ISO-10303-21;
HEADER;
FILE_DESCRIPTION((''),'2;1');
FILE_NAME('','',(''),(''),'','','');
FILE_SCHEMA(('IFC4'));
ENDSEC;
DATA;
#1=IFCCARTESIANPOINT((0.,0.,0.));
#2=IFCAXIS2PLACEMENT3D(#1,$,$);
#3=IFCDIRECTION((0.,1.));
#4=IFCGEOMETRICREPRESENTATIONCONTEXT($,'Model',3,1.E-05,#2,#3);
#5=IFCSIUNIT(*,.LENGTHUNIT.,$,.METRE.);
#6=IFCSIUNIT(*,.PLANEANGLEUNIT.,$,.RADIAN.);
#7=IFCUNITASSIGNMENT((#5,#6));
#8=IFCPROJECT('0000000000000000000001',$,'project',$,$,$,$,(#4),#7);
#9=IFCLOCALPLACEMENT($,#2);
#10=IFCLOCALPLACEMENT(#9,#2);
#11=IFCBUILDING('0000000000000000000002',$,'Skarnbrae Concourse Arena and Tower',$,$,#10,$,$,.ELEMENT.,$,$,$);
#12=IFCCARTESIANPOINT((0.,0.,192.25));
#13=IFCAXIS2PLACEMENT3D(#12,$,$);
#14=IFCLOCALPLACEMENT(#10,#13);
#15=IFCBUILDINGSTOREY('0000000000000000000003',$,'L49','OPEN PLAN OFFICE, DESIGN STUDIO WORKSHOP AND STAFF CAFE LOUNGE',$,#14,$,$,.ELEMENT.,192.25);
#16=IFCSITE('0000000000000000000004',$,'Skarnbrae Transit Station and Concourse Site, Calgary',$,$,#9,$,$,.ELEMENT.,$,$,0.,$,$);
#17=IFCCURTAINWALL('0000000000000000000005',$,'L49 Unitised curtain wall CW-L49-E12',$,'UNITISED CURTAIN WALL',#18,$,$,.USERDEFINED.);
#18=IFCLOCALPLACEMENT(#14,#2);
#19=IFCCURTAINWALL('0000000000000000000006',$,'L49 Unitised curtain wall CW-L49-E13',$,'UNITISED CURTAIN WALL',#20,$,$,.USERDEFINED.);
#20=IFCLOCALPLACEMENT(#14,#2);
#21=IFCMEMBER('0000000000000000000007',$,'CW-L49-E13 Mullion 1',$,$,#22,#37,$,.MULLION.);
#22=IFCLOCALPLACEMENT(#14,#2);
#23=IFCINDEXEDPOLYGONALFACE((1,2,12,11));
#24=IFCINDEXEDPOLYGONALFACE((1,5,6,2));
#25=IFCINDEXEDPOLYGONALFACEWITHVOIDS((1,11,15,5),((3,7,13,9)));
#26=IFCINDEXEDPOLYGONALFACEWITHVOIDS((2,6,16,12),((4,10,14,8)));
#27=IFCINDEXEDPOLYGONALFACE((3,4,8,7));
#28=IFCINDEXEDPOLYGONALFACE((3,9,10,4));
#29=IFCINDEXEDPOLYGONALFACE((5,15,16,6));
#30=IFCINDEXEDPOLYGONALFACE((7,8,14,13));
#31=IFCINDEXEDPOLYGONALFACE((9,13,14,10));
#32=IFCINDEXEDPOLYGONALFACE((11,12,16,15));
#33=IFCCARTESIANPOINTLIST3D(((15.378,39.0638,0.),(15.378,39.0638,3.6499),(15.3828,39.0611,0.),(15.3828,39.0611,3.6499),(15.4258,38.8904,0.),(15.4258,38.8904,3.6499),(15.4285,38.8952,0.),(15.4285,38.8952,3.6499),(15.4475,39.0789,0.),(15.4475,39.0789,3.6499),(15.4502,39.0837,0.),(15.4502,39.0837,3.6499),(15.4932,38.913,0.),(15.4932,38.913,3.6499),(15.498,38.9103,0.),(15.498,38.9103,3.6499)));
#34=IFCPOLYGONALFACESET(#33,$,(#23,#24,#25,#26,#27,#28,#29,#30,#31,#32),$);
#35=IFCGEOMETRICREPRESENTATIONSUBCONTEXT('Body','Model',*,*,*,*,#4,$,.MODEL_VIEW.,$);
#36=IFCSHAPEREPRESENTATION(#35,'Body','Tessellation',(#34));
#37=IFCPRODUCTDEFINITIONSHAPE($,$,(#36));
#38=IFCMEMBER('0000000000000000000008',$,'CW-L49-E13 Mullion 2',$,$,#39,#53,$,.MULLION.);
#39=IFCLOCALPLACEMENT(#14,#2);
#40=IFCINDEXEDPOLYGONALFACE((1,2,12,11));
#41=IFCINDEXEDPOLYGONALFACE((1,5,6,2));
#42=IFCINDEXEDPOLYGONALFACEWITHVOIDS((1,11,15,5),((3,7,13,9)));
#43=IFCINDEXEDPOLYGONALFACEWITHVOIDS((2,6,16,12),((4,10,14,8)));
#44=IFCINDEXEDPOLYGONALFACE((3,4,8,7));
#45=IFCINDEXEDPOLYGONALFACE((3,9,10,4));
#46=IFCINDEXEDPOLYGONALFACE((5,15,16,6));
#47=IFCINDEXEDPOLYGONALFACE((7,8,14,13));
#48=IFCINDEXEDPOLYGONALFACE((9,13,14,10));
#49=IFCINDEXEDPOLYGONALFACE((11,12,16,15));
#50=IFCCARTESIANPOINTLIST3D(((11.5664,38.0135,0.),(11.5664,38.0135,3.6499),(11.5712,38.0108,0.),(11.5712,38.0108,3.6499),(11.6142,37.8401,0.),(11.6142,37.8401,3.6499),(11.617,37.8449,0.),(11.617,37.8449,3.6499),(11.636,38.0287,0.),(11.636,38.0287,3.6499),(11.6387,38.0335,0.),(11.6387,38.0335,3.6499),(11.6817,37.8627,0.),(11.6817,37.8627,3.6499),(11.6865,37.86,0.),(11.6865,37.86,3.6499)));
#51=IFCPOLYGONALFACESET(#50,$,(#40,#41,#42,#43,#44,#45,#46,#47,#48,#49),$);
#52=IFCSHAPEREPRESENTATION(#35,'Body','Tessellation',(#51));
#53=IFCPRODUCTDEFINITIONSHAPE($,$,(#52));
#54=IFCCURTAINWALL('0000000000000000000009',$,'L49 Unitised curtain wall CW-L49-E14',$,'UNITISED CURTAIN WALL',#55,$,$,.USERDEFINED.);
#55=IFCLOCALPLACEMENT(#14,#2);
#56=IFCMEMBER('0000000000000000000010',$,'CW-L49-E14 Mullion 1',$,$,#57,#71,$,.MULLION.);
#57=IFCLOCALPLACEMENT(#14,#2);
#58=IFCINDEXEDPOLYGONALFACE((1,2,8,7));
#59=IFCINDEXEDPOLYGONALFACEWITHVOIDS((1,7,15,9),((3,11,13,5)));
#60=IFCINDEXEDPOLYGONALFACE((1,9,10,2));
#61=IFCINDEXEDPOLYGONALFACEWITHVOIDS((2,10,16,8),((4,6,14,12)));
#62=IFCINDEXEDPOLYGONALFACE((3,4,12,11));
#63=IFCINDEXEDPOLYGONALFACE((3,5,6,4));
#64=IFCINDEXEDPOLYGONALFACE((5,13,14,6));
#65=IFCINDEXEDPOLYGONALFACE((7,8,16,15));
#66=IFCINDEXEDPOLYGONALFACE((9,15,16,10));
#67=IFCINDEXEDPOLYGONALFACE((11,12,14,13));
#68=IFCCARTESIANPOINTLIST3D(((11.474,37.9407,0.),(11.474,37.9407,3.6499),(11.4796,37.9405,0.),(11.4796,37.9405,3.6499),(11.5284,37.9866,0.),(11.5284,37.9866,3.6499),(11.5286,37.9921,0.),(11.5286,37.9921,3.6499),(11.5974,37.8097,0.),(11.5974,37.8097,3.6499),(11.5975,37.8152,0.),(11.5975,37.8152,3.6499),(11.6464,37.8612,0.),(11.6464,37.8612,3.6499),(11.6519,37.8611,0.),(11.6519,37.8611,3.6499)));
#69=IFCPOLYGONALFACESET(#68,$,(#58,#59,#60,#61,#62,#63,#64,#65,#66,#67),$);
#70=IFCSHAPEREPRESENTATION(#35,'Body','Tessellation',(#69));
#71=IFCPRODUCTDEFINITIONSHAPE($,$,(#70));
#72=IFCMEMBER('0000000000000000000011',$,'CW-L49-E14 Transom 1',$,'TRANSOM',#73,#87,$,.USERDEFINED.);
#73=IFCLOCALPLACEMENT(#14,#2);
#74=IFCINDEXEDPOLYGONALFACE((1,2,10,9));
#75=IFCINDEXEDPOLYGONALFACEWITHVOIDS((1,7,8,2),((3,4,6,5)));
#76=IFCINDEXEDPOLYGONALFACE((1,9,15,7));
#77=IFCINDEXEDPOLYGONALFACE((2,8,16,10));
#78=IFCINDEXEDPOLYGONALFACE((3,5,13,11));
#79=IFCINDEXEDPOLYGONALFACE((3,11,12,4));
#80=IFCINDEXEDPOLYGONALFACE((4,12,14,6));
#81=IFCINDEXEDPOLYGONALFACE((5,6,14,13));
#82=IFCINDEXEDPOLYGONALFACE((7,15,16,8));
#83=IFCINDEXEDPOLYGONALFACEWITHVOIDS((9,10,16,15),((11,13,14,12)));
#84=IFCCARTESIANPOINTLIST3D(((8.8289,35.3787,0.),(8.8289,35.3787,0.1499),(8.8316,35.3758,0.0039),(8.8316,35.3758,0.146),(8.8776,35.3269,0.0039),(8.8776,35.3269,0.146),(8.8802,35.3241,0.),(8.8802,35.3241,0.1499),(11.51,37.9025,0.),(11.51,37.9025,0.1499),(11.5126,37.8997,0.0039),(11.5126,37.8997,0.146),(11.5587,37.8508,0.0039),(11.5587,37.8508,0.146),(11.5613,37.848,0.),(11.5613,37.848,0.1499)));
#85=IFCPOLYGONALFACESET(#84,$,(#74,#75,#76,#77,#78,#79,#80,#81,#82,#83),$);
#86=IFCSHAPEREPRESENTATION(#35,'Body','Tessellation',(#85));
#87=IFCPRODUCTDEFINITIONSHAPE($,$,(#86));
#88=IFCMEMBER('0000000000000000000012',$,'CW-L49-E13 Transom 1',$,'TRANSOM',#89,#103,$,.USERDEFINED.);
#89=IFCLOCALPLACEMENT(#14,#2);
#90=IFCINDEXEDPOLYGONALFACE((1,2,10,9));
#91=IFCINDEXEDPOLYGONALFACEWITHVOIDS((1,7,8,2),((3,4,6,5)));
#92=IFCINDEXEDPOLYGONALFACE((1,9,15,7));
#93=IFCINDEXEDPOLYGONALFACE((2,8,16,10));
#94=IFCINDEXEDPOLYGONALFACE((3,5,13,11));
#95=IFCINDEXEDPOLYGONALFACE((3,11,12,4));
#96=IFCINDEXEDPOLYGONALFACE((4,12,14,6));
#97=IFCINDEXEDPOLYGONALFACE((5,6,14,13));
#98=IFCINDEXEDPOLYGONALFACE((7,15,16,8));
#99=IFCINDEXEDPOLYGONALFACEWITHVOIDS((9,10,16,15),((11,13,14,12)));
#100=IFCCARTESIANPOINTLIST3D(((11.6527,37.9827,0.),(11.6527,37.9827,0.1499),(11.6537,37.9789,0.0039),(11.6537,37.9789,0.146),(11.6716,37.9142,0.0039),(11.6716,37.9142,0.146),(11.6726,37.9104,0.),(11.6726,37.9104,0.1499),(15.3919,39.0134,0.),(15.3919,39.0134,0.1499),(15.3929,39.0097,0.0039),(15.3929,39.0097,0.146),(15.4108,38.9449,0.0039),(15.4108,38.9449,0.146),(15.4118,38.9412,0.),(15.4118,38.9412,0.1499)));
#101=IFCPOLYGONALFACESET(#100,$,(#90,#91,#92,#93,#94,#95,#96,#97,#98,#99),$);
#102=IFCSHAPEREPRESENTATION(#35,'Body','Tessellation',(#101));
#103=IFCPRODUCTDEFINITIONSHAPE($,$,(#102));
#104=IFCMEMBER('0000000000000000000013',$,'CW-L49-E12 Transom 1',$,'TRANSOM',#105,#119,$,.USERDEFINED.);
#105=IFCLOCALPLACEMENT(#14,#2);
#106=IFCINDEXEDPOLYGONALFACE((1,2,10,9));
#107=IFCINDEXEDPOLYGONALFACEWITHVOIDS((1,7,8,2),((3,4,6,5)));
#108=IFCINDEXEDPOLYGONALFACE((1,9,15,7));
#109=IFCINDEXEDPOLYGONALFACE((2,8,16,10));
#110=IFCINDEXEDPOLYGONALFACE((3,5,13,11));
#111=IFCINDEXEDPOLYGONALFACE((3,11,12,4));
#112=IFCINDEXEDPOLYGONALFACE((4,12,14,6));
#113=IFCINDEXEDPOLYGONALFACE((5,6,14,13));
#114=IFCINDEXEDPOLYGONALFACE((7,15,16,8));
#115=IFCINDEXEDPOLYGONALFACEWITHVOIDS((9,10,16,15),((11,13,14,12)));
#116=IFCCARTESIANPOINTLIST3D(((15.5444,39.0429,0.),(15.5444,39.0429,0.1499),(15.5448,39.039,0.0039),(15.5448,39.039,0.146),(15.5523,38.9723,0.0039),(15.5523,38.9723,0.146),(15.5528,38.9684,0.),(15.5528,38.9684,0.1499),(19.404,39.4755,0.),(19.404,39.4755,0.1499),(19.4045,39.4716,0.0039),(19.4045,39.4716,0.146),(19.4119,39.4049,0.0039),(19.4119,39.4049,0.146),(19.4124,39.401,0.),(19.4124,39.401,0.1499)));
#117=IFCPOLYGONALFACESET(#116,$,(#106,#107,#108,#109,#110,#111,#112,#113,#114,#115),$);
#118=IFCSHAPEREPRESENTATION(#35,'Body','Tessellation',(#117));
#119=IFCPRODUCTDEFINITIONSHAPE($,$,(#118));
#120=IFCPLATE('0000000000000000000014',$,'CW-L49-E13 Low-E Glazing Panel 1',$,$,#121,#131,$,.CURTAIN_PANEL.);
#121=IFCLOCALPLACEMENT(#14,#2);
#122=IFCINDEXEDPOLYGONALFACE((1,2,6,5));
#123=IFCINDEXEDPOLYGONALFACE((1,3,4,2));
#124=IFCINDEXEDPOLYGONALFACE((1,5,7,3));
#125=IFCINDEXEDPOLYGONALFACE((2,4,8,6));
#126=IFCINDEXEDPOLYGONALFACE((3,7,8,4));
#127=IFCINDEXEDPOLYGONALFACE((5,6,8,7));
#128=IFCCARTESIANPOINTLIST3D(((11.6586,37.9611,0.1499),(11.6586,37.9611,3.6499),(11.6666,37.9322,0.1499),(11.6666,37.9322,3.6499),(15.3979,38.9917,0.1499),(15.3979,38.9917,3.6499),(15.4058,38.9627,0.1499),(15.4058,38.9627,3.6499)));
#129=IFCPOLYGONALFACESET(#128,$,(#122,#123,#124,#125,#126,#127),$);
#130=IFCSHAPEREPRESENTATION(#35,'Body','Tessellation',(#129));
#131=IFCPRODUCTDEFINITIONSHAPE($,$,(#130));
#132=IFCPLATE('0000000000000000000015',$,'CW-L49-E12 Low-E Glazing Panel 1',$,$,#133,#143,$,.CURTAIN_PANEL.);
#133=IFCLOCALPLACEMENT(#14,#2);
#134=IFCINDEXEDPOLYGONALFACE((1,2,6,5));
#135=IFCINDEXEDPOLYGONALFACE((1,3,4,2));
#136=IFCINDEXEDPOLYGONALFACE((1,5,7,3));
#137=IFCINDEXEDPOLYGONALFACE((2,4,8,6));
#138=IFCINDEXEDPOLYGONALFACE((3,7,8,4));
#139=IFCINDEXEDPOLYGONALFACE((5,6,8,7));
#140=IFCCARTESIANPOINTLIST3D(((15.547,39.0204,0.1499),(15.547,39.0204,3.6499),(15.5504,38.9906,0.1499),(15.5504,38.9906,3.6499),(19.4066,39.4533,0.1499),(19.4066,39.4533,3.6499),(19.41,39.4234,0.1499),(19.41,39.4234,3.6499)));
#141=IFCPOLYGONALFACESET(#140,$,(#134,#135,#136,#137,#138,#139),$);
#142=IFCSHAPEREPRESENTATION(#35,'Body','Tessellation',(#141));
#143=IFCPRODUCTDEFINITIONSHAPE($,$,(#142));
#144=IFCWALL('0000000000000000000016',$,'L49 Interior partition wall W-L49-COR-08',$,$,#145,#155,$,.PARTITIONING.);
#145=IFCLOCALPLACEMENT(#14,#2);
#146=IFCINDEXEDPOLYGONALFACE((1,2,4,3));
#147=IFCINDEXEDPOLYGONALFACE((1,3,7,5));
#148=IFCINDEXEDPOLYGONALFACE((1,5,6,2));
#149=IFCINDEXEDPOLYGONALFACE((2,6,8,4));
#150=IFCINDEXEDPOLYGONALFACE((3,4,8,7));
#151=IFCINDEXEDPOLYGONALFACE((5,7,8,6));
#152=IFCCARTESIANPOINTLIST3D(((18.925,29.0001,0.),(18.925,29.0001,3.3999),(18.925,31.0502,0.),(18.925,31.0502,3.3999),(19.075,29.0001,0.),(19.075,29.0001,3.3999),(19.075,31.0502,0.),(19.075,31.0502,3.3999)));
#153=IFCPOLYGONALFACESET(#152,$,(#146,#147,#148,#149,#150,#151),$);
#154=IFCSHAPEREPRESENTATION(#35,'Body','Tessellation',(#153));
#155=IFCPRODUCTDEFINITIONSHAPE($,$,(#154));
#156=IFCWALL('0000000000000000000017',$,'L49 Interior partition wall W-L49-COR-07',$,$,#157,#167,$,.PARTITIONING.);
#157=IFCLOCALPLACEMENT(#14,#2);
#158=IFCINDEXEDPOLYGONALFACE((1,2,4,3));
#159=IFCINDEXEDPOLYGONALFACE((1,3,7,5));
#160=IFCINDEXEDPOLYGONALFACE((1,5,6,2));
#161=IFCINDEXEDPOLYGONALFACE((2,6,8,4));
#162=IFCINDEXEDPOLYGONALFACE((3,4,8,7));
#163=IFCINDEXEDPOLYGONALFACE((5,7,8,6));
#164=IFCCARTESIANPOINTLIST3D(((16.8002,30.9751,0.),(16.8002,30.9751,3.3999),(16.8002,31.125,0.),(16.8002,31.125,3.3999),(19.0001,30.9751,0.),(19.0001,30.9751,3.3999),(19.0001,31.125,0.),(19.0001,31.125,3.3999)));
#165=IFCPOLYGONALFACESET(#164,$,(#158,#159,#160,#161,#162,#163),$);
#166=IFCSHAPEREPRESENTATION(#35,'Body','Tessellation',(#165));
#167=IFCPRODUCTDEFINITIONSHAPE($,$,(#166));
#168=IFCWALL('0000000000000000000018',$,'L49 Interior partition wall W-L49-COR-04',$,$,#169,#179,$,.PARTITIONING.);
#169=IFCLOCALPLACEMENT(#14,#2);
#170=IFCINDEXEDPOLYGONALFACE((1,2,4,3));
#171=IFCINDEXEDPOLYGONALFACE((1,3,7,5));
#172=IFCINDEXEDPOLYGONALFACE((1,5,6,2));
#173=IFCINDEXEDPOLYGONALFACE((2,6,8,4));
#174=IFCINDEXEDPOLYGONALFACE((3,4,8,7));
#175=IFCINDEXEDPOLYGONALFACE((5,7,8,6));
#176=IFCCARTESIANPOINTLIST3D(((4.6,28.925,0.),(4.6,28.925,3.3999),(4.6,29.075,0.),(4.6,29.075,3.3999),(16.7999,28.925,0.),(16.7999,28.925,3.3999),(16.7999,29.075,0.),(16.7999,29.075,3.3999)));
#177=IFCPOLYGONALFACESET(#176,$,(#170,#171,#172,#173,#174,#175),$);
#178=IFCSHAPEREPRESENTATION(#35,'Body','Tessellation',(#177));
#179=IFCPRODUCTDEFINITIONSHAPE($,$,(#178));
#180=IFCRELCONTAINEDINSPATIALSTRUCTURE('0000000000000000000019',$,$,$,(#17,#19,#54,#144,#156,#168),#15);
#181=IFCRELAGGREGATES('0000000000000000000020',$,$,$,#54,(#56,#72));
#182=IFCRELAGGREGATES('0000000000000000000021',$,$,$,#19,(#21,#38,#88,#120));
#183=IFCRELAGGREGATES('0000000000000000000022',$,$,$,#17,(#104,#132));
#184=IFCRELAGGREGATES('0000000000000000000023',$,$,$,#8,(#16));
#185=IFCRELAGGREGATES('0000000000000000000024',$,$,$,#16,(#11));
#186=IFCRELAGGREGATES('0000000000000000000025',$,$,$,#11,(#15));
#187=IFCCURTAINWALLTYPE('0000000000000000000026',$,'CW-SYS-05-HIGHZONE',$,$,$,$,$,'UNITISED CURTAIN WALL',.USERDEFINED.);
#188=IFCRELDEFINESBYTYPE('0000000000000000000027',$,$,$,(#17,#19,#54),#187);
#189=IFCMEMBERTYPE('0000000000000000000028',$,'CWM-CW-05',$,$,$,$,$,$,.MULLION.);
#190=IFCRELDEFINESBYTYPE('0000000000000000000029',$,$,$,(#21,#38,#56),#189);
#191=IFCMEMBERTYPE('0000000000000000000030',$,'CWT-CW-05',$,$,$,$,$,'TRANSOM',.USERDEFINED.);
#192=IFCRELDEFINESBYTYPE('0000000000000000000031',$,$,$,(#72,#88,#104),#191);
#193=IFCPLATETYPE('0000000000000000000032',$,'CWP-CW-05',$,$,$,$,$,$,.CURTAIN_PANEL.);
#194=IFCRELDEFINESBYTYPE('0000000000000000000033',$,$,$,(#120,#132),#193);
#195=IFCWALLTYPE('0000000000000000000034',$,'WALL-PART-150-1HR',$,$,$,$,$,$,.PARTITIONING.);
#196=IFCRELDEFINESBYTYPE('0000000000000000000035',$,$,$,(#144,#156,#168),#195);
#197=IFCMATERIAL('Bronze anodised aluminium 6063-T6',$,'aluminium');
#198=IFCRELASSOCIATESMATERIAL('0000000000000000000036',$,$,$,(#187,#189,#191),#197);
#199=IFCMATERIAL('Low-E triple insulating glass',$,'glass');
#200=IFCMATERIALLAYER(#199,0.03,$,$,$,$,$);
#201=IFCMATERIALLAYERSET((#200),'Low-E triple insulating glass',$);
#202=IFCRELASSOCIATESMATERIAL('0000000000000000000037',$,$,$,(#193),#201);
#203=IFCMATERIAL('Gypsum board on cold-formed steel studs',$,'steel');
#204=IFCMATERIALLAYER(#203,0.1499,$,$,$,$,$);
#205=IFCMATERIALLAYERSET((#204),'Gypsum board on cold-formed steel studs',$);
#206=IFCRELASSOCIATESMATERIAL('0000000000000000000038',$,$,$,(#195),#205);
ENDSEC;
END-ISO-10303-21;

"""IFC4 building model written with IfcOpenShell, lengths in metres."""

from ifc_helpers import new_model, si_unit, direction, frame, frame_2d, origin, origin_2d, place, context, subcontext, project, spatial, rectangle, hollow_rectangle, extrude, source, transform, mapped, material, layer, layer_set, material_profile, profile_set, type_object, element, aggregate, save


model = new_model("IFC4")

# Units and contexts
model_context = context("Model", 3, precision=1e-05, world=origin(), true_north=direction((0.0, 1.0)))
body_context = subcontext(model_context, "Body", "Model", "MODEL_VIEW")
ifc_project = project(units=[si_unit("LENGTHUNIT", "METRE"), si_unit("PLANEANGLEUNIT", "RADIAN")], contexts=[model_context])

# Site, building, storey
site_placement = place(None, origin())
site = spatial("IfcSite", under=ifc_project, at=site_placement, Name="Skarnbrae Transit Station and Concourse Site, Calgary", CompositionType="ELEMENT", RefElevation=0.0)
building_placement = place(site_placement, origin())
building = spatial("IfcBuilding", under=site, at=building_placement, Name="Skarnbrae Concourse Arena and Tower", CompositionType="ELEMENT")
storey_placement = place(building_placement, frame((0.0, 0.0, 192.25)))
storey = spatial("IfcBuildingStorey", under=building, at=storey_placement, Name="L49", Description="OPEN PLAN OFFICE, DESIGN STUDIO WORKSHOP AND STAFF CAFE LOUNGE", CompositionType="ELEMENT", Elevation=192.25)

# Shared definitions
ifc_material_1 = material(Name="Bronze anodised aluminium 6063-T6", Category="aluminium")
curtain_wall_type = type_object("IfcCurtainWallType", Name="CW-SYS-05-HIGHZONE", ElementType="UNITISED CURTAIN WALL", PredefinedType="USERDEFINED", material=ifc_material_1)
ifc_material_profile_1 = material_profile(ifc_material_1, hollow_rectangle(XDim=0.075, YDim=0.1799, WallThickness=0.0039, at=origin_2d()), Name="ALU-MULL-75X180")
ifc_profile_set_1 = profile_set([ifc_material_profile_1], Name="Bronze anodised aluminium 6063-T6")
member_type_1 = type_object("IfcMemberType", Name="CWM-CW-05", PredefinedType="MULLION", material=ifc_profile_set_1)
shared_shape_1 = source(origin(), body_context, "Body", "SweptSolid", [
    extrude(hollow_rectangle(XDim=0.075, YDim=0.1799, WallThickness=0.0039, at=origin_2d()), origin(), (0.0, 0.0, 1.0), 3.6499),
])

# Curtain walls, members
curtain_wall_1_placement = place(storey_placement, origin())
curtain_wall_1 = element("IfcCurtainWall", 1, at=curtain_wall_1_placement, inside=storey, type_object=curtain_wall_type, Name="L49 Unitised curtain wall CW-L49-E12", ObjectType="UNITISED CURTAIN WALL", PredefinedType="USERDEFINED")
curtain_wall_2_placement = place(storey_placement, origin())
curtain_wall_2 = element("IfcCurtainWall", 2, at=curtain_wall_2_placement, inside=storey, type_object=curtain_wall_type, Name="L49 Unitised curtain wall CW-L49-E13", ObjectType="UNITISED CURTAIN WALL", PredefinedType="USERDEFINED")
member_1_placement = place(storey_placement, frame((15.438, 38.9871, 0.0), z_axis=(0.0, 0.0, 1.0), x_axis=(-0.964057, -0.265694, 0.0)))
member_1 = element("IfcMember", 3, at=member_1_placement, type_object=member_type_1, Name="CW-L49-E13 Mullion 1", PredefinedType="MULLION", context=body_context, shape_type="MappedRepresentation", body=[
    mapped(shared_shape_1, transform((0.0, 0.0, 0.0))),
])
member_2_placement = place(storey_placement, frame((11.6265, 37.9368, 0.0), z_axis=(0.0, 0.0, 1.0), x_axis=(-0.964057, -0.265694, 0.0)))
member_2 = element("IfcMember", 4, at=member_2_placement, type_object=member_type_1, Name="CW-L49-E13 Mullion 2", PredefinedType="MULLION", context=body_context, shape_type="MappedRepresentation", body=[
    mapped(shared_shape_1, transform((0.0, 0.0, 0.0))),
])
curtain_wall_3_placement = place(storey_placement, origin())
curtain_wall_3 = element("IfcCurtainWall", 5, at=curtain_wall_3_placement, inside=storey, type_object=curtain_wall_type, Name="L49 Unitised curtain wall CW-L49-E14", ObjectType="UNITISED CURTAIN WALL", PredefinedType="USERDEFINED")
member_3_placement = place(storey_placement, frame((11.563, 37.9009, 0.0), z_axis=(0.0, 0.0, 1.0), x_axis=(-0.728131, -0.685438, 0.0)))
member_3 = element("IfcMember", 6, at=member_3_placement, type_object=member_type_1, Name="CW-L49-E14 Mullion 1", PredefinedType="MULLION", context=body_context, shape_type="MappedRepresentation", body=[
    mapped(shared_shape_1, transform((0.0, 0.0, 0.0))),
])
ifc_material_profile_2 = material_profile(ifc_material_1, hollow_rectangle(XDim=0.075, YDim=0.1499, WallThickness=0.0039, at=origin_2d()), Name="ALU-TRAN-75X150")
ifc_profile_set_2 = profile_set([ifc_material_profile_2], Name="Bronze anodised aluminium 6063-T6")
member_type_2 = type_object("IfcMemberType", Name="CWT-CW-05", ElementType="TRANSOM", PredefinedType="USERDEFINED", material=ifc_profile_set_2)
shared_shape_2 = source(origin(), body_context, "Body", "SweptSolid", [
    extrude(hollow_rectangle(XDim=0.075, YDim=0.1499, WallThickness=0.0039, at=origin_2d()), origin(), (0.0, 0.0, 1.0), 3.6821),
])
member_4_placement = place(storey_placement, frame((11.5356, 37.8752, 0.075), z_axis=(-0.728134, -0.685435, 0.0), x_axis=(0.685435, -0.728134, 0.0)))
member_4 = element("IfcMember", 7, at=member_4_placement, type_object=member_type_2, Name="CW-L49-E14 Transom 1", ObjectType="TRANSOM", PredefinedType="USERDEFINED", context=body_context, shape_type="MappedRepresentation", body=[
    mapped(shared_shape_2, transform((0.0, 0.0, 0.0))),
])
aggregate(curtain_wall_3, [member_3, member_4])

# Members
shared_shape_3 = source(origin(), body_context, "Body", "SweptSolid", [
    extrude(hollow_rectangle(XDim=0.075, YDim=0.1499, WallThickness=0.0039, at=origin_2d()), origin(), (0.0, 0.0, 1.0), 3.8787),
])
member_5_placement = place(storey_placement, frame((15.4019, 38.9773, 0.075), z_axis=(-0.964043, -0.265747, 0.0), x_axis=(0.265747, -0.964043, 0.0)))
member_5 = element("IfcMember", 8, at=member_5_placement, type_object=member_type_2, Name="CW-L49-E13 Transom 1", ObjectType="TRANSOM", PredefinedType="USERDEFINED", context=body_context, shape_type="MappedRepresentation", body=[
    mapped(shared_shape_3, transform((0.0, 0.0, 0.0))),
])
shared_shape_4 = source(origin(), body_context, "Body", "SweptSolid", [
    extrude(hollow_rectangle(XDim=0.075, YDim=0.1499, WallThickness=0.0039, at=origin_2d()), origin(), (0.0, 0.0, 1.0), 3.8838),
])
member_6_placement = place(storey_placement, frame((19.4082, 39.4382, 0.075), z_axis=(-0.993777, -0.11139, 0.0), x_axis=(0.11139, -0.993777, 0.0)))
member_6 = element("IfcMember", 9, at=member_6_placement, type_object=member_type_2, Name="CW-L49-E12 Transom 1", ObjectType="TRANSOM", PredefinedType="USERDEFINED", context=body_context, shape_type="MappedRepresentation", body=[
    mapped(shared_shape_4, transform((0.0, 0.0, 0.0))),
])

# Plates
ifc_material_2 = material(Name="Low-E triple insulating glass", Category="glass")
ifc_layer_1 = layer(ifc_material_2, 0.03)
ifc_layer_set_1 = layer_set([ifc_layer_1], Name="Low-E triple insulating glass")
plate_type = type_object("IfcPlateType", Name="CWP-CW-05", PredefinedType="CURTAIN_PANEL", material=ifc_layer_set_1)
shared_shape_5 = source(origin(), body_context, "Body", "SweptSolid", [
    extrude(rectangle(XDim=3.8787, YDim=0.03, at=origin_2d()), origin(), (0.0, 0.0, 1.0), 3.5),
])
plate_1_placement = place(storey_placement, frame((13.5322, 38.4619, 0.1499), z_axis=(0.0, 0.0, 1.0), x_axis=(-0.964057, -0.265694, 0.0)))
plate_1 = element("IfcPlate", 10, at=plate_1_placement, type_object=plate_type, Name="CW-L49-E13 Low-E Glazing Panel 1", PredefinedType="CURTAIN_PANEL", context=body_context, shape_type="MappedRepresentation", body=[
    mapped(shared_shape_5, transform((0.0, 0.0, 0.0))),
])
aggregate(curtain_wall_2, [member_1, member_2, member_5, plate_1])
shared_shape_6 = source(origin(), body_context, "Body", "SweptSolid", [
    extrude(rectangle(XDim=3.8838, YDim=0.03, at=origin_2d()), origin(), (0.0, 0.0, 1.0), 3.5),
])
plate_2_placement = place(storey_placement, frame((17.4785, 39.2219, 0.1499), z_axis=(0.0, 0.0, 1.0), x_axis=(-0.993769, -0.11146, 0.0)))
plate_2 = element("IfcPlate", 11, at=plate_2_placement, type_object=plate_type, Name="CW-L49-E12 Low-E Glazing Panel 1", PredefinedType="CURTAIN_PANEL", context=body_context, shape_type="MappedRepresentation", body=[
    mapped(shared_shape_6, transform((0.0, 0.0, 0.0))),
])
aggregate(curtain_wall_1, [member_6, plate_2])

# Walls
ifc_material_3 = material(Name="Gypsum board on cold-formed steel studs", Category="steel")
ifc_layer_2 = layer(ifc_material_3, 0.1499)
ifc_layer_set_2 = layer_set([ifc_layer_2], Name="Gypsum board on cold-formed steel studs")
wall_type_1 = type_object("IfcWallType", Name="WALL-PART-150-1HR", PredefinedType="PARTITIONING", material=ifc_layer_set_2)
shared_shape_7 = source(origin(), body_context, "Body", "SweptSolid", [
    extrude(rectangle(XDim=2.05, YDim=0.1499, at=frame_2d((1.0249, 0.0))), origin(), (0.0, 0.0, 1.0), 3.3999),
])
wall_1_placement = place(storey_placement, frame((19.0, 31.05, 0.0), z_axis=(0.0, 0.0, 1.0), x_axis=(0.0, -1.0, 0.0)))
element("IfcWall", 12, at=wall_1_placement, inside=storey, type_object=wall_type_1, Name="L49 Interior partition wall W-L49-COR-08", PredefinedType="PARTITIONING", context=body_context, shape_type="MappedRepresentation", body=[
    mapped(shared_shape_7, transform((0.0, 0.0, 0.0))),
])
shared_shape_8 = source(origin(), body_context, "Body", "SweptSolid", [
    extrude(rectangle(XDim=2.2, YDim=0.1499, at=frame_2d((1.1001, 0.0))), origin(), (0.0, 0.0, 1.0), 3.3999),
])
wall_2_placement = place(storey_placement, frame((16.8, 31.05, 0.0), z_axis=(0.0, 0.0, 1.0), x_axis=(1.0, 0.0, 0.0)))
element("IfcWall", 13, at=wall_2_placement, inside=storey, type_object=wall_type_1, Name="L49 Interior partition wall W-L49-COR-07", PredefinedType="PARTITIONING", context=body_context, shape_type="MappedRepresentation", body=[
    mapped(shared_shape_8, transform((0.0, 0.0, 0.0))),
])
shared_shape_9 = source(origin(), body_context, "Body", "SweptSolid", [
    extrude(rectangle(XDim=12.2, YDim=0.1499, at=frame_2d((6.1001, 0.0))), origin(), (0.0, 0.0, 1.0), 3.3999),
])
wall_3_placement = place(storey_placement, frame((16.8, 29.0, 0.0), z_axis=(0.0, 0.0, 1.0), x_axis=(-1.0, 0.0, 0.0)))
element("IfcWall", 14, at=wall_3_placement, inside=storey, type_object=wall_type_1, Name="L49 Interior partition wall W-L49-COR-04", PredefinedType="PARTITIONING", context=body_context, shape_type="MappedRepresentation", body=[
    mapped(shared_shape_9, transform((0.0, 0.0, 0.0))),
])

save(model, "model.ifc")
